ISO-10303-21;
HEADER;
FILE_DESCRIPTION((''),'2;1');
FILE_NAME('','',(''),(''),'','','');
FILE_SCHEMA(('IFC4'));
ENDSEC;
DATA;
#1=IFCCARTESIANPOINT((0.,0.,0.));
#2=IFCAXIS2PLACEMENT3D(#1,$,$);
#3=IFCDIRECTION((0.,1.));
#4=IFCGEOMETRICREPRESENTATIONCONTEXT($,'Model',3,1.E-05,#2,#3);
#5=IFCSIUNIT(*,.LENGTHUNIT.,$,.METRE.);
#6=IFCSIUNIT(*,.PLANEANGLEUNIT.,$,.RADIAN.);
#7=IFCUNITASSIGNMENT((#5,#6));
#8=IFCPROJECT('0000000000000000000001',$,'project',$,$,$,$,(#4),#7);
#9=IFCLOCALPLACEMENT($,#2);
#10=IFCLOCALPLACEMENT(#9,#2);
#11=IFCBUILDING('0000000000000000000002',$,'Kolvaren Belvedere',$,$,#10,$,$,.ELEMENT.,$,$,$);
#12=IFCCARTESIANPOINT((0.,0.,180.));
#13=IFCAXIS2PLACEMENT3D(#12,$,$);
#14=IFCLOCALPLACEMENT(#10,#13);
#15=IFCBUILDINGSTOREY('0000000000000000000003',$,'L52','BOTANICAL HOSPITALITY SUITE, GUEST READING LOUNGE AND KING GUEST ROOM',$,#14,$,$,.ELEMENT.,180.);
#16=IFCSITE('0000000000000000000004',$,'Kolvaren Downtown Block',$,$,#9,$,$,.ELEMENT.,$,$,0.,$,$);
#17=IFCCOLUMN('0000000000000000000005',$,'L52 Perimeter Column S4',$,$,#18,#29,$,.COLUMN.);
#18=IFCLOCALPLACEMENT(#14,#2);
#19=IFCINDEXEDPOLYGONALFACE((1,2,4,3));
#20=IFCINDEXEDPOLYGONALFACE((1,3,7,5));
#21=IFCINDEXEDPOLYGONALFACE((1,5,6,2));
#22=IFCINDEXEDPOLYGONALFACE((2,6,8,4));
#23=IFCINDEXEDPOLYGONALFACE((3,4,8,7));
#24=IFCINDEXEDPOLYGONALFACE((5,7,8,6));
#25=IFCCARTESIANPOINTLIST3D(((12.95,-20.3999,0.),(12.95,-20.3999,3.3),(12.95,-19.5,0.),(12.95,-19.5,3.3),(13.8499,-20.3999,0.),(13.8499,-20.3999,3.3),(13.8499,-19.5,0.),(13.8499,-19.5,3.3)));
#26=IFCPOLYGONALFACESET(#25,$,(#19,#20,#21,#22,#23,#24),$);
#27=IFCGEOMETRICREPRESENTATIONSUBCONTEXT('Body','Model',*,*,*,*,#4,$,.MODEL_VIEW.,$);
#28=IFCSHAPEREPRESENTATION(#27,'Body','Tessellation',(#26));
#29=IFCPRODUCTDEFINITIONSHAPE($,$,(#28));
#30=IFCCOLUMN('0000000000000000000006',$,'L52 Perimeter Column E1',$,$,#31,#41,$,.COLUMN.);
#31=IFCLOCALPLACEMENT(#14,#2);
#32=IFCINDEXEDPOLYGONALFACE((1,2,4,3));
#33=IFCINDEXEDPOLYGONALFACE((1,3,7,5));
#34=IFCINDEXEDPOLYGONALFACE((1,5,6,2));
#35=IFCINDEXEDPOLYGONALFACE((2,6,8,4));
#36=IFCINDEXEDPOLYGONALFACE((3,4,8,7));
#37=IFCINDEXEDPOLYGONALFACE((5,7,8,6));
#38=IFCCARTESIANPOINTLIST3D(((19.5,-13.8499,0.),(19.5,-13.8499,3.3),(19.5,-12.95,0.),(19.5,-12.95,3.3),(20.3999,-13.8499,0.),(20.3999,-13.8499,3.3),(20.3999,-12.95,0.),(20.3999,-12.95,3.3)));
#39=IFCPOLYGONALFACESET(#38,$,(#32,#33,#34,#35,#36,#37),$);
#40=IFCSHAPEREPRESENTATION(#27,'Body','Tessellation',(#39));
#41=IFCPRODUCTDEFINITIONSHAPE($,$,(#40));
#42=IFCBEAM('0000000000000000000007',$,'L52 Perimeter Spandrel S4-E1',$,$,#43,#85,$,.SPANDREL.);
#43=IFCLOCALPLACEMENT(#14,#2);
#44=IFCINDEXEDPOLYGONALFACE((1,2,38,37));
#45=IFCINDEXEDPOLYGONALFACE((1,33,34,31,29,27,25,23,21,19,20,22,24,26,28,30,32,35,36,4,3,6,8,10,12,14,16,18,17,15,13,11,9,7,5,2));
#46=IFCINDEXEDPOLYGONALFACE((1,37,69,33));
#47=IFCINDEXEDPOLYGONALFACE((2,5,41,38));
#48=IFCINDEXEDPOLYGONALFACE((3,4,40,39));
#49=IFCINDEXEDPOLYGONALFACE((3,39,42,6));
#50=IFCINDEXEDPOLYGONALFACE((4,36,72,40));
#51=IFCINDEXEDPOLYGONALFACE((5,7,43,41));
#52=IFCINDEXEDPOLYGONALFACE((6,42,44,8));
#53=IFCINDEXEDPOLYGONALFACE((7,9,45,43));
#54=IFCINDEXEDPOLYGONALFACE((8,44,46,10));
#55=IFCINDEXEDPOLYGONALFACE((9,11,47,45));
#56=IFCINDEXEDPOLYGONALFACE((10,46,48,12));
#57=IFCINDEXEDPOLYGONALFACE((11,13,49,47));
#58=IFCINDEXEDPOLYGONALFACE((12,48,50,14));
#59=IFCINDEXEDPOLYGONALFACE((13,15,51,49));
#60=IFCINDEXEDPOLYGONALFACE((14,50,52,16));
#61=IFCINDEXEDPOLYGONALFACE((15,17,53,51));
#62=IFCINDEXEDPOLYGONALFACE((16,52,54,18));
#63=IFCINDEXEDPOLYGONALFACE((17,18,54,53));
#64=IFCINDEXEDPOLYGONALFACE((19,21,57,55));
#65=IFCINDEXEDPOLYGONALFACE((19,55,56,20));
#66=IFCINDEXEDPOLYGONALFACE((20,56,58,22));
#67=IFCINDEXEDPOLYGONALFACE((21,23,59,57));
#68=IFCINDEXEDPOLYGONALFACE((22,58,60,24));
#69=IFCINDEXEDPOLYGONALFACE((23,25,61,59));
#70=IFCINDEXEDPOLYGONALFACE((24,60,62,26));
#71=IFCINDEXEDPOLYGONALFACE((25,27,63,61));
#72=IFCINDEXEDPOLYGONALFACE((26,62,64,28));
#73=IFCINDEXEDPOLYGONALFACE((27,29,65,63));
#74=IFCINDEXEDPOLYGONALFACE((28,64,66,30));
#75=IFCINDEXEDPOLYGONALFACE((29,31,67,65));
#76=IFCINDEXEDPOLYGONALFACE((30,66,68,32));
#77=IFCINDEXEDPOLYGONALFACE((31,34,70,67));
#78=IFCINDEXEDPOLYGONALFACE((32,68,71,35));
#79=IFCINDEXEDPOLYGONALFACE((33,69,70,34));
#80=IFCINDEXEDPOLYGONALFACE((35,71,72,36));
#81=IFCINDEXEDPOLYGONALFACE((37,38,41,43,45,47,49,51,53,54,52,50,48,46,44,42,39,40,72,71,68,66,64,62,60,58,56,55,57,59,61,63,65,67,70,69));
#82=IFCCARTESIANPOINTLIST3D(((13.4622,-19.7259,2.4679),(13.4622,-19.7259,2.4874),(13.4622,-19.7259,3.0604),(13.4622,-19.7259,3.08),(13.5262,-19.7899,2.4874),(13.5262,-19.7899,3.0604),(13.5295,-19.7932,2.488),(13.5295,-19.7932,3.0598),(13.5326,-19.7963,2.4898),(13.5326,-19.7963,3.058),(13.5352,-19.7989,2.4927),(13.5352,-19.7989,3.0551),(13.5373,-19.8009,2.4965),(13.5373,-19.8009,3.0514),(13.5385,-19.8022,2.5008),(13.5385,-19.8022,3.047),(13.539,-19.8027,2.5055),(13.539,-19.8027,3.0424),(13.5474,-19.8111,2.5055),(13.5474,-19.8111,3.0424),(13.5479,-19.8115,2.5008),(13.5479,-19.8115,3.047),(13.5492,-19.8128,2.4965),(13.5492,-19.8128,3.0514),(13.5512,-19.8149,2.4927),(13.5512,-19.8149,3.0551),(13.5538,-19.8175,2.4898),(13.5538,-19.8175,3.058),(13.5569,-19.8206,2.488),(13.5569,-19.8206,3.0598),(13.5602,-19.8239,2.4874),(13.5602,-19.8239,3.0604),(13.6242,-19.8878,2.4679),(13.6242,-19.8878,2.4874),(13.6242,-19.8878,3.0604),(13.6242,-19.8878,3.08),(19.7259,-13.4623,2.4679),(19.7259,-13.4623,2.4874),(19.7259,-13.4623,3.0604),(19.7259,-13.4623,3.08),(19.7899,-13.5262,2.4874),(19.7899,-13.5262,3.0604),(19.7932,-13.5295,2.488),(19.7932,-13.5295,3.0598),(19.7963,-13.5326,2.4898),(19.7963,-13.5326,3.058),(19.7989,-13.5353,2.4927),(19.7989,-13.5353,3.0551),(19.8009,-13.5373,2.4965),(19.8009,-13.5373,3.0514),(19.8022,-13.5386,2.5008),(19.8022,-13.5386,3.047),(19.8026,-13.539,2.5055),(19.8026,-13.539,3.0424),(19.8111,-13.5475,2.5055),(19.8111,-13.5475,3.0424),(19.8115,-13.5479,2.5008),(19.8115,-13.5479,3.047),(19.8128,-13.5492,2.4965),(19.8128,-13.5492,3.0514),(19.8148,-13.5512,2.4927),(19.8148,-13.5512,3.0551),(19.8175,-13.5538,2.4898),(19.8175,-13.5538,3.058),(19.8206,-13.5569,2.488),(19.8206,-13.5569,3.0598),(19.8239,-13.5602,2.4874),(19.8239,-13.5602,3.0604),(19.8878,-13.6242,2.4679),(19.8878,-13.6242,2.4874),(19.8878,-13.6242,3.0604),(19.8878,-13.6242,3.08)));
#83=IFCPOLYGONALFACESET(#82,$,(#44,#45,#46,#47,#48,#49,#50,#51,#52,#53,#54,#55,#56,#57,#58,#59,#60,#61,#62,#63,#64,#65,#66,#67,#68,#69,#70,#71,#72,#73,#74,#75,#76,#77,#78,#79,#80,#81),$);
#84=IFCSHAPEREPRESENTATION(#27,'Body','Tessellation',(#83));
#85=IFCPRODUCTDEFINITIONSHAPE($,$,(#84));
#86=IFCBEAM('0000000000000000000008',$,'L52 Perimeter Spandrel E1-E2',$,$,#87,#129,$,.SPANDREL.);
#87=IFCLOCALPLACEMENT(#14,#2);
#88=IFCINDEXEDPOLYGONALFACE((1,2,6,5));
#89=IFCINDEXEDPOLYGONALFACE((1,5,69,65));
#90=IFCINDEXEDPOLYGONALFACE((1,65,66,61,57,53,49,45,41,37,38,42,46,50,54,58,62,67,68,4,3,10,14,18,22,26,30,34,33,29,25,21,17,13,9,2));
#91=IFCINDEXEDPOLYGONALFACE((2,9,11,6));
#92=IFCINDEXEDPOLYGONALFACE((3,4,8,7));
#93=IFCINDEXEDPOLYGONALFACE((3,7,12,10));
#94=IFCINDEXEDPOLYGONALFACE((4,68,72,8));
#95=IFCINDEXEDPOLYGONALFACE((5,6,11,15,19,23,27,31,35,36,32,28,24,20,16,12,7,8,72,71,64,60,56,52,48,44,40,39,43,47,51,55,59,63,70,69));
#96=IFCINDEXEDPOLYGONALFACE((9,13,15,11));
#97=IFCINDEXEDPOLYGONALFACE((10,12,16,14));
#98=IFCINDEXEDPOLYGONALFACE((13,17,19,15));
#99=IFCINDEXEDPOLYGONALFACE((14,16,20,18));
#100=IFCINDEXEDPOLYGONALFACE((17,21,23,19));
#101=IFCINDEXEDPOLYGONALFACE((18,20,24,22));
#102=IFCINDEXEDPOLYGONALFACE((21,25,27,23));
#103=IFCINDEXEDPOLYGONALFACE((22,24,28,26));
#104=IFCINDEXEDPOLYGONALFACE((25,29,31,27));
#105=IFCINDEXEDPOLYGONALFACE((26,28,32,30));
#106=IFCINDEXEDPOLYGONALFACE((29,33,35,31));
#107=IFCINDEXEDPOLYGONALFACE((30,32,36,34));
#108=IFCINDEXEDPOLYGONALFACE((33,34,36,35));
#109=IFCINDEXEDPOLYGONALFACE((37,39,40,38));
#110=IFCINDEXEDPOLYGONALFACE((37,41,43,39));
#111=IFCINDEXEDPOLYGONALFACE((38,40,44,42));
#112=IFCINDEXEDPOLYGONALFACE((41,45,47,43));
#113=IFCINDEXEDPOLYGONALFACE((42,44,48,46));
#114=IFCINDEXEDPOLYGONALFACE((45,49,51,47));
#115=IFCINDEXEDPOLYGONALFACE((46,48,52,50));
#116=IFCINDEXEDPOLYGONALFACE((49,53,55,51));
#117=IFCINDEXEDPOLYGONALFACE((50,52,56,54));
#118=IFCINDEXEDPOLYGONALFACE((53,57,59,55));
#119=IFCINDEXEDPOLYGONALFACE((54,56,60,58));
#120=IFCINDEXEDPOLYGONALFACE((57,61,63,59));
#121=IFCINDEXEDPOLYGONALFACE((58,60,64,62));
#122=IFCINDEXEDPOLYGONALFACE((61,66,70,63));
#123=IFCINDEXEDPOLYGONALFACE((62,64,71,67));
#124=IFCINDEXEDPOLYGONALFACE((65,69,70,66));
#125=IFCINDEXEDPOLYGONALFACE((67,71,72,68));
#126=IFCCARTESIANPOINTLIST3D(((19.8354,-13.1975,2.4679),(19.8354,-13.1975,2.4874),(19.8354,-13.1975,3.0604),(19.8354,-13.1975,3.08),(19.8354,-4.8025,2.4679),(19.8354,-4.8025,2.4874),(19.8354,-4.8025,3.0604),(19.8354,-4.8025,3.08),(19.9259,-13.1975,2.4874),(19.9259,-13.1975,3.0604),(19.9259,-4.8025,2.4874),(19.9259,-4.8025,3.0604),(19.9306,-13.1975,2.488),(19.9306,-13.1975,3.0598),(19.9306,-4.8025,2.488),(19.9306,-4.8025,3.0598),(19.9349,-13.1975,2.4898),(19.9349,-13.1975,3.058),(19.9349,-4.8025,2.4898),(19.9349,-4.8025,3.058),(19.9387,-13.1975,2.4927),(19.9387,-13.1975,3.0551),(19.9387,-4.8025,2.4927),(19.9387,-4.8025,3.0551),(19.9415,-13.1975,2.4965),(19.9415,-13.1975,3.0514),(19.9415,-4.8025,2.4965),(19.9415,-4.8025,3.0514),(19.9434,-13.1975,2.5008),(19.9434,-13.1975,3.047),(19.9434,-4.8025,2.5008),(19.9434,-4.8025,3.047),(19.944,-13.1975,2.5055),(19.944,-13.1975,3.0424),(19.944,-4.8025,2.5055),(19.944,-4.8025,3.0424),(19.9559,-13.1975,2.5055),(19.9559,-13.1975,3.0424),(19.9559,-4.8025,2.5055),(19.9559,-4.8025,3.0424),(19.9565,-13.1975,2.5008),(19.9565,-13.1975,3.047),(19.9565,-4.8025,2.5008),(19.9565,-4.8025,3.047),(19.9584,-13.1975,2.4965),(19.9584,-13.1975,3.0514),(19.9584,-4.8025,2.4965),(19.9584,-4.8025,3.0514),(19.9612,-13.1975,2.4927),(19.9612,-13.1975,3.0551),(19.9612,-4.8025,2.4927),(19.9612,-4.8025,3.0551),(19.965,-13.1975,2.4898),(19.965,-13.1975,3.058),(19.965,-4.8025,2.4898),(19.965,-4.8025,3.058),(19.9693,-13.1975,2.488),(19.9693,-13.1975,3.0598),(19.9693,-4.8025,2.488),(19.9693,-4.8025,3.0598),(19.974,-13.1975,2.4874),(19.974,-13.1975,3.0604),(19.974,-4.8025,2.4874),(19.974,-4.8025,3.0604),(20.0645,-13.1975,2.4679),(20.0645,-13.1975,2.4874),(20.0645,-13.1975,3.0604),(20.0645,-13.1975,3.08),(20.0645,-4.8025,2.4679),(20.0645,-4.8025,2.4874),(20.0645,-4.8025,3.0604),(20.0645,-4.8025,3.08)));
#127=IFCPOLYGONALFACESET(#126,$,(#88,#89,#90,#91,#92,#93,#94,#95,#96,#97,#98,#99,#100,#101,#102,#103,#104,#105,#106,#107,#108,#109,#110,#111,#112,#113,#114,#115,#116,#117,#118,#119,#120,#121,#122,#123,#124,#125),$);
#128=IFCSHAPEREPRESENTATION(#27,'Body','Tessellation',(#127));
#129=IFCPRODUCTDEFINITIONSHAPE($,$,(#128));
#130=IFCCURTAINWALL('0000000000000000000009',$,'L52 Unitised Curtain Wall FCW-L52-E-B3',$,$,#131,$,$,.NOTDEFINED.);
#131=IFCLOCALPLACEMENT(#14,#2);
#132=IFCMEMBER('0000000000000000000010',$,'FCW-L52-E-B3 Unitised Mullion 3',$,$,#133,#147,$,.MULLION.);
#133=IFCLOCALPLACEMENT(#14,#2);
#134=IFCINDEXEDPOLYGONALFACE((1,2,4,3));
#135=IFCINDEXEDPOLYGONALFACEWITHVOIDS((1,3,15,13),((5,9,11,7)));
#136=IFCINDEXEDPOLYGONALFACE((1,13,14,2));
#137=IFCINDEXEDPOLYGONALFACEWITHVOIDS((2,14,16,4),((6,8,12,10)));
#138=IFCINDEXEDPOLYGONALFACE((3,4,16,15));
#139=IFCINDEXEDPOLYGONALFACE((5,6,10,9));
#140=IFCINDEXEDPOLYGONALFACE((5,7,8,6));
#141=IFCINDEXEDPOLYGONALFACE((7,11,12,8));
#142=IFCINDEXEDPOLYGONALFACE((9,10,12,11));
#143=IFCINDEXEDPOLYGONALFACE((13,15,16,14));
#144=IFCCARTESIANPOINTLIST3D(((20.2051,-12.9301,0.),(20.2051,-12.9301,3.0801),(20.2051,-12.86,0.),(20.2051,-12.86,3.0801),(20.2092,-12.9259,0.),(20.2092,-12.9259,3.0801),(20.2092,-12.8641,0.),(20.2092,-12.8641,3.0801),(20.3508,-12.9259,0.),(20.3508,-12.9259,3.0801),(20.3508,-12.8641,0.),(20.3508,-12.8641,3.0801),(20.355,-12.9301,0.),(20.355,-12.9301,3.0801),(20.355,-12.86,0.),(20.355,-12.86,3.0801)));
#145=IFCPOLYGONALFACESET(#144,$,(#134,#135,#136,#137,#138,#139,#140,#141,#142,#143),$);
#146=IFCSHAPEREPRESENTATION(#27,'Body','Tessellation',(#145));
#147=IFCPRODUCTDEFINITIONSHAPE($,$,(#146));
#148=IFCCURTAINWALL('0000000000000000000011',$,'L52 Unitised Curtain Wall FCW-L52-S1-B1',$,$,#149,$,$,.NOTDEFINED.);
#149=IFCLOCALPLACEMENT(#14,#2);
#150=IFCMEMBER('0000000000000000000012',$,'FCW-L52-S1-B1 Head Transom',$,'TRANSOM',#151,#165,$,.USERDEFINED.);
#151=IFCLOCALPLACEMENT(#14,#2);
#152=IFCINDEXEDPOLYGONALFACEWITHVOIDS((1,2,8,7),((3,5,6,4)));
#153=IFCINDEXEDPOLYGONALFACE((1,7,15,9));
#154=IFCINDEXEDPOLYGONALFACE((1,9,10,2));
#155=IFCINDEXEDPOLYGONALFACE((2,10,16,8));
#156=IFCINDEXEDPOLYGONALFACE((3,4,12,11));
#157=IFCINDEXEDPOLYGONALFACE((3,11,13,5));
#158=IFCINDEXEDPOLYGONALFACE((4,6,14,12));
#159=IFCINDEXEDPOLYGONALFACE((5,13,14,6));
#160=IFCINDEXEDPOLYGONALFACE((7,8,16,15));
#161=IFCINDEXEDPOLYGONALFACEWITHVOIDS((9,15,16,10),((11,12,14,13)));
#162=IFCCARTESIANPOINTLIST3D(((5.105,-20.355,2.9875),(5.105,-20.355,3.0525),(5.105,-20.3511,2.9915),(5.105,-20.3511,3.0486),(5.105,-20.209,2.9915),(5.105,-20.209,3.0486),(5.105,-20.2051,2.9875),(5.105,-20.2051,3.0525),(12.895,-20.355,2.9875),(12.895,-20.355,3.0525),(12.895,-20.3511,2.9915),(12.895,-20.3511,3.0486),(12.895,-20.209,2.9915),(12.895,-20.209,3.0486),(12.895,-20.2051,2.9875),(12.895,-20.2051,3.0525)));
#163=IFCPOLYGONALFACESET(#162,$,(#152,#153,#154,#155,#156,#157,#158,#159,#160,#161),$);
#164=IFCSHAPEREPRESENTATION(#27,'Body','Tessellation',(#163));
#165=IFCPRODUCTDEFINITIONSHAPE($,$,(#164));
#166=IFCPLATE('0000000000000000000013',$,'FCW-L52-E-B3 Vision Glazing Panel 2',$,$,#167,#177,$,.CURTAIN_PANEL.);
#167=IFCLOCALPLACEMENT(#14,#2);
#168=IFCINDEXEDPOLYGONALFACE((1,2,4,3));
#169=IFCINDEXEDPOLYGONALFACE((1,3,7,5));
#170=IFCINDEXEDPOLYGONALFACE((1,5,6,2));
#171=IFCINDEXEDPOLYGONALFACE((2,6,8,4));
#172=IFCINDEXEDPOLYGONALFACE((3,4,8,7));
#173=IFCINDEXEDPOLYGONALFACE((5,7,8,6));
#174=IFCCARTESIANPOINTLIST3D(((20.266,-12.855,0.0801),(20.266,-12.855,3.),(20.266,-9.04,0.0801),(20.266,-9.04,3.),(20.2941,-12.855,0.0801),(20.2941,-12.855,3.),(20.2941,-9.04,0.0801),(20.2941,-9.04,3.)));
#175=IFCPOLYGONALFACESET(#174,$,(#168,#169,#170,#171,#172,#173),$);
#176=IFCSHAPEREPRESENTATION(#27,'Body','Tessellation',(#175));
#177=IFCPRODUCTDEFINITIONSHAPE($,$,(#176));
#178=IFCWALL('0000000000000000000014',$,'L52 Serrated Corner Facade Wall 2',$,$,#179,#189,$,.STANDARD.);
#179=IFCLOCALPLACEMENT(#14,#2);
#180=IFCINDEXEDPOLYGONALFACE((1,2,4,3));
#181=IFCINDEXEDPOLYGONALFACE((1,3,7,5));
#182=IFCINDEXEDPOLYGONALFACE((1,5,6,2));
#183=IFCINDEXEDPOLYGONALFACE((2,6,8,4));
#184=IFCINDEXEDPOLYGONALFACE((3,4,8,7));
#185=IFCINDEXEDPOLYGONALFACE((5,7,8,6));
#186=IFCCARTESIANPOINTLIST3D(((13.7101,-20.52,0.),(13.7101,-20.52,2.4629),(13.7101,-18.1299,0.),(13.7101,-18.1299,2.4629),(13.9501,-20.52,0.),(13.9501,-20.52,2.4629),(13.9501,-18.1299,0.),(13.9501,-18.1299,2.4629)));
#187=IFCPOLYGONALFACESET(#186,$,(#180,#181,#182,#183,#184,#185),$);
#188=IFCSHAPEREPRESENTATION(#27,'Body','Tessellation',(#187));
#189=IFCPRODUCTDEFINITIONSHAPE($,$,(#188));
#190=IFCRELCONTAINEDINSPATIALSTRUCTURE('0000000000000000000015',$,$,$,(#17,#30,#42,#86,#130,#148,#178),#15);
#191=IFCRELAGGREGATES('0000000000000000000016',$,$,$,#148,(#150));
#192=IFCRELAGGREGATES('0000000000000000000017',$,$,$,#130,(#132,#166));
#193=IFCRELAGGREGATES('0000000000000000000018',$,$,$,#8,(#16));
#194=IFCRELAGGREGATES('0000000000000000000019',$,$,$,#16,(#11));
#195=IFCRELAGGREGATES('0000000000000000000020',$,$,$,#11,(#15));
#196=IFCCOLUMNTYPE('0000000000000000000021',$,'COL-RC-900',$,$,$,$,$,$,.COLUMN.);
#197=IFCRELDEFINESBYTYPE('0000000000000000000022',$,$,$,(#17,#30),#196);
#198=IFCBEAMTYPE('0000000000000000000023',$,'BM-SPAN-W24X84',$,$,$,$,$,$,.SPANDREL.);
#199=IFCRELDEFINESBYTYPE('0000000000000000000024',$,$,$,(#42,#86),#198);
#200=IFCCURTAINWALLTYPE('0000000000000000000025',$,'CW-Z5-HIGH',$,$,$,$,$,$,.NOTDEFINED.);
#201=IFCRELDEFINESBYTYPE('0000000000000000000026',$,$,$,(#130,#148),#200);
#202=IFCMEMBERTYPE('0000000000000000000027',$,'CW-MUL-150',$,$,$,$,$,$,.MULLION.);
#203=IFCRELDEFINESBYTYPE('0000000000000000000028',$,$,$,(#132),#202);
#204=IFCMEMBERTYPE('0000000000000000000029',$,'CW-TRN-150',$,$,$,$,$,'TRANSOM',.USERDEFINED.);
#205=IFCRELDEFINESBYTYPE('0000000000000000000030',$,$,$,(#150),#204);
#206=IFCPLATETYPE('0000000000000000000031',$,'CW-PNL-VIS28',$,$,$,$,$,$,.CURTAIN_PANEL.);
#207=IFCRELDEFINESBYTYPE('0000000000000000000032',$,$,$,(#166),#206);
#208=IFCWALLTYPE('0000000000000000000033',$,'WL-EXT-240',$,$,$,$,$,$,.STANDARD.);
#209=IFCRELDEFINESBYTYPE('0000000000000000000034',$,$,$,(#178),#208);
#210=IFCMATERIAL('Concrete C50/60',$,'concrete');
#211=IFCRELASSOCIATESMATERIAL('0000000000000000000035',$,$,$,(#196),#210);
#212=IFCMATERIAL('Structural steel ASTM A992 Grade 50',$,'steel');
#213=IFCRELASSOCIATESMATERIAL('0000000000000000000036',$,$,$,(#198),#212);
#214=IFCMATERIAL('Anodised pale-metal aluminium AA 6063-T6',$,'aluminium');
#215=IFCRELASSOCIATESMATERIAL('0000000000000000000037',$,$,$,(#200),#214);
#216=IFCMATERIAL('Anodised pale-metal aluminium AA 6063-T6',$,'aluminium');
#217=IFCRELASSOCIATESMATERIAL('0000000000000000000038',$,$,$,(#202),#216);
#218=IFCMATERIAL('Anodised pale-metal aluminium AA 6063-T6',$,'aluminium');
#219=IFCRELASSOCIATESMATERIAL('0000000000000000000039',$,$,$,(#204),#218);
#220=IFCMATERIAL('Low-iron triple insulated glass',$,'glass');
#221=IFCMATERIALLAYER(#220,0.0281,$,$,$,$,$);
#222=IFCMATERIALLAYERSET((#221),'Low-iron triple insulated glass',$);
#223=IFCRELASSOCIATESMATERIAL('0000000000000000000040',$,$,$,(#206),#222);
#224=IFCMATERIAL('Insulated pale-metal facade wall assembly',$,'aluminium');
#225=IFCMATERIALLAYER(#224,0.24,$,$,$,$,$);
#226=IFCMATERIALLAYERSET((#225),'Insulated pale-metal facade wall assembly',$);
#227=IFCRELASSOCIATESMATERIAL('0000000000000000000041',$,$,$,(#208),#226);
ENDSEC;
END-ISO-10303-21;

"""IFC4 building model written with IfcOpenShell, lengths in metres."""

from ifc_helpers import new_model, si_unit, direction, frame, frame_2d, origin, origin_2d, place, context, subcontext, project, spatial, rectangle, hollow_rectangle, i_section, extrude, material, layer, layer_set, material_profile, profile_set, type_object, element, aggregate, save


model = new_model("IFC4")

# Units and contexts
model_context = context("Model", 3, precision=1e-05, world=origin(), true_north=direction((0.0, 1.0)))
body_context = subcontext(model_context, "Body", "Model", "MODEL_VIEW")
ifc_project = project(units=[si_unit("LENGTHUNIT", "METRE"), si_unit("PLANEANGLEUNIT", "RADIAN")], contexts=[model_context])

# Site, building, storey
site_placement = place(None, origin())
site = spatial("IfcSite", under=ifc_project, at=site_placement, Name="Kolvaren Downtown Block", CompositionType="ELEMENT", RefElevation=0.0)
building_placement = place(site_placement, origin())
building = spatial("IfcBuilding", under=site, at=building_placement, Name="Kolvaren Belvedere", CompositionType="ELEMENT")
storey_placement = place(building_placement, frame((0.0, 0.0, 180.0)))
storey = spatial("IfcBuildingStorey", under=building, at=storey_placement, Name="L52", Description="BOTANICAL HOSPITALITY SUITE, GUEST READING LOUNGE AND KING GUEST ROOM", CompositionType="ELEMENT", Elevation=180.0)

# Columns
ifc_material_1 = material(Name="Concrete C50/60", Category="concrete")
ifc_material_profile_1 = material_profile(ifc_material_1, rectangle(XDim=0.8999, YDim=0.8999, at=origin_2d()), Name="RC 900X900")
ifc_profile_set_1 = profile_set([ifc_material_profile_1], Name="Concrete C50/60")
column_type = type_object("IfcColumnType", Name="COL-RC-900", PredefinedType="COLUMN", material=ifc_profile_set_1)
for number, where, z_axis, x_axis, name in (
    (1, (13.3999, -19.95, 0.0), (0.0, 0.0, 1.0), (1.0, 0.0, 0.0), "L52 Perimeter Column S4"),
    (2, (19.95, -13.3999, 0.0), (0.0, 0.0, 1.0), (1.0, 0.0, 0.0), "L52 Perimeter Column E1"),
):
    element("IfcColumn", number, at=place(storey_placement, frame(where, z_axis=z_axis, x_axis=x_axis)), inside=storey, type_object=column_type, Name=name, PredefinedType="COLUMN", context=body_context, shape_type="SweptSolid", body=[
        extrude(rectangle(XDim=0.8999, YDim=0.8999, at=origin_2d()), origin(), (0.0, 0.0, 1.0), 3.3),
    ])

# Beams
ifc_material_2 = material(Name="Structural steel ASTM A992 Grade 50", Category="steel")
ifc_material_profile_2 = material_profile(ifc_material_2, i_section(OverallWidth=0.229, OverallDepth=0.6121, WebThickness=0.012, FlangeThickness=0.0195, FilletRadius=0.0181, at=origin_2d()), Name="W24X84")
ifc_profile_set_2 = profile_set([ifc_material_profile_2], Name="Structural steel ASTM A992 Grade 50")
beam_type = type_object("IfcBeamType", Name="BM-SPAN-W24X84", PredefinedType="SPANDREL", material=ifc_profile_set_2)
beam_1_placement = place(storey_placement, frame((13.5432, -19.8069, 2.7739), z_axis=(0.707107, 0.707107, 0.0), x_axis=(-0.707107, 0.707107, 0.0)))
element("IfcBeam", 3, at=beam_1_placement, inside=storey, type_object=beam_type, Name="L52 Perimeter Spandrel S4-E1", PredefinedType="SPANDREL", context=body_context, shape_type="SweptSolid", body=[
    extrude(i_section(OverallWidth=0.229, OverallDepth=0.6121, WebThickness=0.012, FlangeThickness=0.0195, FilletRadius=0.0181, at=origin_2d()), origin(), (0.0, 0.0, 1.0), 8.8582),
])
beam_2_placement = place(storey_placement, frame((19.95, -13.1975, 2.7739), z_axis=(0.0, 1.0, 0.0), x_axis=(-1.0, 0.0, 0.0)))
element("IfcBeam", 4, at=beam_2_placement, inside=storey, type_object=beam_type, Name="L52 Perimeter Spandrel E1-E2", PredefinedType="SPANDREL", context=body_context, shape_type="SweptSolid", body=[
    extrude(i_section(OverallWidth=0.229, OverallDepth=0.6121, WebThickness=0.012, FlangeThickness=0.0195, FilletRadius=0.0181, at=origin_2d()), origin(), (0.0, 0.0, 1.0), 8.395),
])

# Curtain walls, members
ifc_material_3 = material(Name="Anodised pale-metal aluminium AA 6063-T6", Category="aluminium")
curtain_wall_type = type_object("IfcCurtainWallType", Name="CW-Z5-HIGH", PredefinedType="NOTDEFINED", material=ifc_material_3)
curtain_wall_1_placement = place(storey_placement, origin())
curtain_wall_1 = element("IfcCurtainWall", 5, at=curtain_wall_1_placement, inside=storey, type_object=curtain_wall_type, Name="L52 Unitised Curtain Wall FCW-L52-E-B3", PredefinedType="NOTDEFINED")
ifc_material_4 = material(Name="Anodised pale-metal aluminium AA 6063-T6", Category="aluminium")
ifc_material_profile_3 = material_profile(ifc_material_4, hollow_rectangle(XDim=0.0701, YDim=0.1499, WallThickness=0.0042, at=origin_2d()), Name="ALU-MUL-150X70")
ifc_profile_set_3 = profile_set([ifc_material_profile_3], Name="Anodised pale-metal aluminium AA 6063-T6")
member_type_1 = type_object("IfcMemberType", Name="CW-MUL-150", PredefinedType="MULLION", material=ifc_profile_set_3)
member_1_placement = place(storey_placement, frame((20.28, -12.895, 0.0), z_axis=(0.0, 0.0, 1.0), x_axis=(0.0, 1.0, 0.0)))
member_1 = element("IfcMember", 6, at=member_1_placement, type_object=member_type_1, Name="FCW-L52-E-B3 Unitised Mullion 3", PredefinedType="MULLION", context=body_context, shape_type="SweptSolid", body=[
    extrude(hollow_rectangle(XDim=0.0701, YDim=0.1499, WallThickness=0.0042, at=origin_2d()), origin(), (0.0, 0.0, 1.0), 3.0801),
])
curtain_wall_2_placement = place(storey_placement, origin())
curtain_wall_2 = element("IfcCurtainWall", 7, at=curtain_wall_2_placement, inside=storey, type_object=curtain_wall_type, Name="L52 Unitised Curtain Wall FCW-L52-S1-B1", PredefinedType="NOTDEFINED")
ifc_material_5 = material(Name="Anodised pale-metal aluminium AA 6063-T6", Category="aluminium")
ifc_material_profile_4 = material_profile(ifc_material_5, hollow_rectangle(XDim=0.0649, YDim=0.1499, WallThickness=0.0039, at=origin_2d()), Name="ALU-TRN-150X65")
ifc_profile_set_4 = profile_set([ifc_material_profile_4], Name="Anodised pale-metal aluminium AA 6063-T6")
member_type_2 = type_object("IfcMemberType", Name="CW-TRN-150", ElementType="TRANSOM", PredefinedType="USERDEFINED", material=ifc_profile_set_4)
member_2_placement = place(storey_placement, frame((12.895, -20.28, 3.02), z_axis=(-1.0, 0.0, 0.0), x_axis=(0.0, 0.0, 1.0)))
member_2 = element("IfcMember", 8, at=member_2_placement, type_object=member_type_2, Name="FCW-L52-S1-B1 Head Transom", ObjectType="TRANSOM", PredefinedType="USERDEFINED", context=body_context, shape_type="SweptSolid", body=[
    extrude(hollow_rectangle(XDim=0.0649, YDim=0.1499, WallThickness=0.0039, at=origin_2d()), origin(), (0.0, 0.0, 1.0), 7.79),
])
aggregate(curtain_wall_2, [member_2])

# Plate
ifc_material_6 = material(Name="Low-iron triple insulated glass", Category="glass")
ifc_layer_1 = layer(ifc_material_6, 0.0281)
ifc_layer_set_1 = layer_set([ifc_layer_1], Name="Low-iron triple insulated glass")
plate_type = type_object("IfcPlateType", Name="CW-PNL-VIS28", PredefinedType="CURTAIN_PANEL", material=ifc_layer_set_1)
plate_placement = place(storey_placement, frame((20.28, -10.9475, 0.0801), z_axis=(0.0, 0.0, 1.0), x_axis=(0.0, -1.0, 0.0)))
plate = element("IfcPlate", 9, at=plate_placement, type_object=plate_type, Name="FCW-L52-E-B3 Vision Glazing Panel 2", PredefinedType="CURTAIN_PANEL", context=body_context, shape_type="SweptSolid", body=[
    extrude(rectangle(XDim=3.8149, YDim=0.0281, at=origin_2d()), origin(), (0.0, 0.0, 1.0), 2.9199),
])
aggregate(curtain_wall_1, [member_1, plate])

# Wall
ifc_material_7 = material(Name="Insulated pale-metal facade wall assembly", Category="aluminium")
ifc_layer_2 = layer(ifc_material_7, 0.24)
ifc_layer_set_2 = layer_set([ifc_layer_2], Name="Insulated pale-metal facade wall assembly")
wall_type = type_object("IfcWallType", Name="WL-EXT-240", PredefinedType="STANDARD", material=ifc_layer_set_2)
wall_1_placement = place(storey_placement, frame((13.8301, -18.1299, 0.0), z_axis=(0.0, 0.0, 1.0), x_axis=(0.0, -1.0, 0.0)))
element("IfcWall", 10, at=wall_1_placement, inside=storey, type_object=wall_type, Name="L52 Serrated Corner Facade Wall 2", PredefinedType="STANDARD", context=body_context, shape_type="SweptSolid", body=[
    extrude(rectangle(XDim=2.3901, YDim=0.24, at=frame_2d((1.1951, 0.0))), origin(), (0.0, 0.0, 1.0), 2.4629),
])

save(model, "model.ifc")
